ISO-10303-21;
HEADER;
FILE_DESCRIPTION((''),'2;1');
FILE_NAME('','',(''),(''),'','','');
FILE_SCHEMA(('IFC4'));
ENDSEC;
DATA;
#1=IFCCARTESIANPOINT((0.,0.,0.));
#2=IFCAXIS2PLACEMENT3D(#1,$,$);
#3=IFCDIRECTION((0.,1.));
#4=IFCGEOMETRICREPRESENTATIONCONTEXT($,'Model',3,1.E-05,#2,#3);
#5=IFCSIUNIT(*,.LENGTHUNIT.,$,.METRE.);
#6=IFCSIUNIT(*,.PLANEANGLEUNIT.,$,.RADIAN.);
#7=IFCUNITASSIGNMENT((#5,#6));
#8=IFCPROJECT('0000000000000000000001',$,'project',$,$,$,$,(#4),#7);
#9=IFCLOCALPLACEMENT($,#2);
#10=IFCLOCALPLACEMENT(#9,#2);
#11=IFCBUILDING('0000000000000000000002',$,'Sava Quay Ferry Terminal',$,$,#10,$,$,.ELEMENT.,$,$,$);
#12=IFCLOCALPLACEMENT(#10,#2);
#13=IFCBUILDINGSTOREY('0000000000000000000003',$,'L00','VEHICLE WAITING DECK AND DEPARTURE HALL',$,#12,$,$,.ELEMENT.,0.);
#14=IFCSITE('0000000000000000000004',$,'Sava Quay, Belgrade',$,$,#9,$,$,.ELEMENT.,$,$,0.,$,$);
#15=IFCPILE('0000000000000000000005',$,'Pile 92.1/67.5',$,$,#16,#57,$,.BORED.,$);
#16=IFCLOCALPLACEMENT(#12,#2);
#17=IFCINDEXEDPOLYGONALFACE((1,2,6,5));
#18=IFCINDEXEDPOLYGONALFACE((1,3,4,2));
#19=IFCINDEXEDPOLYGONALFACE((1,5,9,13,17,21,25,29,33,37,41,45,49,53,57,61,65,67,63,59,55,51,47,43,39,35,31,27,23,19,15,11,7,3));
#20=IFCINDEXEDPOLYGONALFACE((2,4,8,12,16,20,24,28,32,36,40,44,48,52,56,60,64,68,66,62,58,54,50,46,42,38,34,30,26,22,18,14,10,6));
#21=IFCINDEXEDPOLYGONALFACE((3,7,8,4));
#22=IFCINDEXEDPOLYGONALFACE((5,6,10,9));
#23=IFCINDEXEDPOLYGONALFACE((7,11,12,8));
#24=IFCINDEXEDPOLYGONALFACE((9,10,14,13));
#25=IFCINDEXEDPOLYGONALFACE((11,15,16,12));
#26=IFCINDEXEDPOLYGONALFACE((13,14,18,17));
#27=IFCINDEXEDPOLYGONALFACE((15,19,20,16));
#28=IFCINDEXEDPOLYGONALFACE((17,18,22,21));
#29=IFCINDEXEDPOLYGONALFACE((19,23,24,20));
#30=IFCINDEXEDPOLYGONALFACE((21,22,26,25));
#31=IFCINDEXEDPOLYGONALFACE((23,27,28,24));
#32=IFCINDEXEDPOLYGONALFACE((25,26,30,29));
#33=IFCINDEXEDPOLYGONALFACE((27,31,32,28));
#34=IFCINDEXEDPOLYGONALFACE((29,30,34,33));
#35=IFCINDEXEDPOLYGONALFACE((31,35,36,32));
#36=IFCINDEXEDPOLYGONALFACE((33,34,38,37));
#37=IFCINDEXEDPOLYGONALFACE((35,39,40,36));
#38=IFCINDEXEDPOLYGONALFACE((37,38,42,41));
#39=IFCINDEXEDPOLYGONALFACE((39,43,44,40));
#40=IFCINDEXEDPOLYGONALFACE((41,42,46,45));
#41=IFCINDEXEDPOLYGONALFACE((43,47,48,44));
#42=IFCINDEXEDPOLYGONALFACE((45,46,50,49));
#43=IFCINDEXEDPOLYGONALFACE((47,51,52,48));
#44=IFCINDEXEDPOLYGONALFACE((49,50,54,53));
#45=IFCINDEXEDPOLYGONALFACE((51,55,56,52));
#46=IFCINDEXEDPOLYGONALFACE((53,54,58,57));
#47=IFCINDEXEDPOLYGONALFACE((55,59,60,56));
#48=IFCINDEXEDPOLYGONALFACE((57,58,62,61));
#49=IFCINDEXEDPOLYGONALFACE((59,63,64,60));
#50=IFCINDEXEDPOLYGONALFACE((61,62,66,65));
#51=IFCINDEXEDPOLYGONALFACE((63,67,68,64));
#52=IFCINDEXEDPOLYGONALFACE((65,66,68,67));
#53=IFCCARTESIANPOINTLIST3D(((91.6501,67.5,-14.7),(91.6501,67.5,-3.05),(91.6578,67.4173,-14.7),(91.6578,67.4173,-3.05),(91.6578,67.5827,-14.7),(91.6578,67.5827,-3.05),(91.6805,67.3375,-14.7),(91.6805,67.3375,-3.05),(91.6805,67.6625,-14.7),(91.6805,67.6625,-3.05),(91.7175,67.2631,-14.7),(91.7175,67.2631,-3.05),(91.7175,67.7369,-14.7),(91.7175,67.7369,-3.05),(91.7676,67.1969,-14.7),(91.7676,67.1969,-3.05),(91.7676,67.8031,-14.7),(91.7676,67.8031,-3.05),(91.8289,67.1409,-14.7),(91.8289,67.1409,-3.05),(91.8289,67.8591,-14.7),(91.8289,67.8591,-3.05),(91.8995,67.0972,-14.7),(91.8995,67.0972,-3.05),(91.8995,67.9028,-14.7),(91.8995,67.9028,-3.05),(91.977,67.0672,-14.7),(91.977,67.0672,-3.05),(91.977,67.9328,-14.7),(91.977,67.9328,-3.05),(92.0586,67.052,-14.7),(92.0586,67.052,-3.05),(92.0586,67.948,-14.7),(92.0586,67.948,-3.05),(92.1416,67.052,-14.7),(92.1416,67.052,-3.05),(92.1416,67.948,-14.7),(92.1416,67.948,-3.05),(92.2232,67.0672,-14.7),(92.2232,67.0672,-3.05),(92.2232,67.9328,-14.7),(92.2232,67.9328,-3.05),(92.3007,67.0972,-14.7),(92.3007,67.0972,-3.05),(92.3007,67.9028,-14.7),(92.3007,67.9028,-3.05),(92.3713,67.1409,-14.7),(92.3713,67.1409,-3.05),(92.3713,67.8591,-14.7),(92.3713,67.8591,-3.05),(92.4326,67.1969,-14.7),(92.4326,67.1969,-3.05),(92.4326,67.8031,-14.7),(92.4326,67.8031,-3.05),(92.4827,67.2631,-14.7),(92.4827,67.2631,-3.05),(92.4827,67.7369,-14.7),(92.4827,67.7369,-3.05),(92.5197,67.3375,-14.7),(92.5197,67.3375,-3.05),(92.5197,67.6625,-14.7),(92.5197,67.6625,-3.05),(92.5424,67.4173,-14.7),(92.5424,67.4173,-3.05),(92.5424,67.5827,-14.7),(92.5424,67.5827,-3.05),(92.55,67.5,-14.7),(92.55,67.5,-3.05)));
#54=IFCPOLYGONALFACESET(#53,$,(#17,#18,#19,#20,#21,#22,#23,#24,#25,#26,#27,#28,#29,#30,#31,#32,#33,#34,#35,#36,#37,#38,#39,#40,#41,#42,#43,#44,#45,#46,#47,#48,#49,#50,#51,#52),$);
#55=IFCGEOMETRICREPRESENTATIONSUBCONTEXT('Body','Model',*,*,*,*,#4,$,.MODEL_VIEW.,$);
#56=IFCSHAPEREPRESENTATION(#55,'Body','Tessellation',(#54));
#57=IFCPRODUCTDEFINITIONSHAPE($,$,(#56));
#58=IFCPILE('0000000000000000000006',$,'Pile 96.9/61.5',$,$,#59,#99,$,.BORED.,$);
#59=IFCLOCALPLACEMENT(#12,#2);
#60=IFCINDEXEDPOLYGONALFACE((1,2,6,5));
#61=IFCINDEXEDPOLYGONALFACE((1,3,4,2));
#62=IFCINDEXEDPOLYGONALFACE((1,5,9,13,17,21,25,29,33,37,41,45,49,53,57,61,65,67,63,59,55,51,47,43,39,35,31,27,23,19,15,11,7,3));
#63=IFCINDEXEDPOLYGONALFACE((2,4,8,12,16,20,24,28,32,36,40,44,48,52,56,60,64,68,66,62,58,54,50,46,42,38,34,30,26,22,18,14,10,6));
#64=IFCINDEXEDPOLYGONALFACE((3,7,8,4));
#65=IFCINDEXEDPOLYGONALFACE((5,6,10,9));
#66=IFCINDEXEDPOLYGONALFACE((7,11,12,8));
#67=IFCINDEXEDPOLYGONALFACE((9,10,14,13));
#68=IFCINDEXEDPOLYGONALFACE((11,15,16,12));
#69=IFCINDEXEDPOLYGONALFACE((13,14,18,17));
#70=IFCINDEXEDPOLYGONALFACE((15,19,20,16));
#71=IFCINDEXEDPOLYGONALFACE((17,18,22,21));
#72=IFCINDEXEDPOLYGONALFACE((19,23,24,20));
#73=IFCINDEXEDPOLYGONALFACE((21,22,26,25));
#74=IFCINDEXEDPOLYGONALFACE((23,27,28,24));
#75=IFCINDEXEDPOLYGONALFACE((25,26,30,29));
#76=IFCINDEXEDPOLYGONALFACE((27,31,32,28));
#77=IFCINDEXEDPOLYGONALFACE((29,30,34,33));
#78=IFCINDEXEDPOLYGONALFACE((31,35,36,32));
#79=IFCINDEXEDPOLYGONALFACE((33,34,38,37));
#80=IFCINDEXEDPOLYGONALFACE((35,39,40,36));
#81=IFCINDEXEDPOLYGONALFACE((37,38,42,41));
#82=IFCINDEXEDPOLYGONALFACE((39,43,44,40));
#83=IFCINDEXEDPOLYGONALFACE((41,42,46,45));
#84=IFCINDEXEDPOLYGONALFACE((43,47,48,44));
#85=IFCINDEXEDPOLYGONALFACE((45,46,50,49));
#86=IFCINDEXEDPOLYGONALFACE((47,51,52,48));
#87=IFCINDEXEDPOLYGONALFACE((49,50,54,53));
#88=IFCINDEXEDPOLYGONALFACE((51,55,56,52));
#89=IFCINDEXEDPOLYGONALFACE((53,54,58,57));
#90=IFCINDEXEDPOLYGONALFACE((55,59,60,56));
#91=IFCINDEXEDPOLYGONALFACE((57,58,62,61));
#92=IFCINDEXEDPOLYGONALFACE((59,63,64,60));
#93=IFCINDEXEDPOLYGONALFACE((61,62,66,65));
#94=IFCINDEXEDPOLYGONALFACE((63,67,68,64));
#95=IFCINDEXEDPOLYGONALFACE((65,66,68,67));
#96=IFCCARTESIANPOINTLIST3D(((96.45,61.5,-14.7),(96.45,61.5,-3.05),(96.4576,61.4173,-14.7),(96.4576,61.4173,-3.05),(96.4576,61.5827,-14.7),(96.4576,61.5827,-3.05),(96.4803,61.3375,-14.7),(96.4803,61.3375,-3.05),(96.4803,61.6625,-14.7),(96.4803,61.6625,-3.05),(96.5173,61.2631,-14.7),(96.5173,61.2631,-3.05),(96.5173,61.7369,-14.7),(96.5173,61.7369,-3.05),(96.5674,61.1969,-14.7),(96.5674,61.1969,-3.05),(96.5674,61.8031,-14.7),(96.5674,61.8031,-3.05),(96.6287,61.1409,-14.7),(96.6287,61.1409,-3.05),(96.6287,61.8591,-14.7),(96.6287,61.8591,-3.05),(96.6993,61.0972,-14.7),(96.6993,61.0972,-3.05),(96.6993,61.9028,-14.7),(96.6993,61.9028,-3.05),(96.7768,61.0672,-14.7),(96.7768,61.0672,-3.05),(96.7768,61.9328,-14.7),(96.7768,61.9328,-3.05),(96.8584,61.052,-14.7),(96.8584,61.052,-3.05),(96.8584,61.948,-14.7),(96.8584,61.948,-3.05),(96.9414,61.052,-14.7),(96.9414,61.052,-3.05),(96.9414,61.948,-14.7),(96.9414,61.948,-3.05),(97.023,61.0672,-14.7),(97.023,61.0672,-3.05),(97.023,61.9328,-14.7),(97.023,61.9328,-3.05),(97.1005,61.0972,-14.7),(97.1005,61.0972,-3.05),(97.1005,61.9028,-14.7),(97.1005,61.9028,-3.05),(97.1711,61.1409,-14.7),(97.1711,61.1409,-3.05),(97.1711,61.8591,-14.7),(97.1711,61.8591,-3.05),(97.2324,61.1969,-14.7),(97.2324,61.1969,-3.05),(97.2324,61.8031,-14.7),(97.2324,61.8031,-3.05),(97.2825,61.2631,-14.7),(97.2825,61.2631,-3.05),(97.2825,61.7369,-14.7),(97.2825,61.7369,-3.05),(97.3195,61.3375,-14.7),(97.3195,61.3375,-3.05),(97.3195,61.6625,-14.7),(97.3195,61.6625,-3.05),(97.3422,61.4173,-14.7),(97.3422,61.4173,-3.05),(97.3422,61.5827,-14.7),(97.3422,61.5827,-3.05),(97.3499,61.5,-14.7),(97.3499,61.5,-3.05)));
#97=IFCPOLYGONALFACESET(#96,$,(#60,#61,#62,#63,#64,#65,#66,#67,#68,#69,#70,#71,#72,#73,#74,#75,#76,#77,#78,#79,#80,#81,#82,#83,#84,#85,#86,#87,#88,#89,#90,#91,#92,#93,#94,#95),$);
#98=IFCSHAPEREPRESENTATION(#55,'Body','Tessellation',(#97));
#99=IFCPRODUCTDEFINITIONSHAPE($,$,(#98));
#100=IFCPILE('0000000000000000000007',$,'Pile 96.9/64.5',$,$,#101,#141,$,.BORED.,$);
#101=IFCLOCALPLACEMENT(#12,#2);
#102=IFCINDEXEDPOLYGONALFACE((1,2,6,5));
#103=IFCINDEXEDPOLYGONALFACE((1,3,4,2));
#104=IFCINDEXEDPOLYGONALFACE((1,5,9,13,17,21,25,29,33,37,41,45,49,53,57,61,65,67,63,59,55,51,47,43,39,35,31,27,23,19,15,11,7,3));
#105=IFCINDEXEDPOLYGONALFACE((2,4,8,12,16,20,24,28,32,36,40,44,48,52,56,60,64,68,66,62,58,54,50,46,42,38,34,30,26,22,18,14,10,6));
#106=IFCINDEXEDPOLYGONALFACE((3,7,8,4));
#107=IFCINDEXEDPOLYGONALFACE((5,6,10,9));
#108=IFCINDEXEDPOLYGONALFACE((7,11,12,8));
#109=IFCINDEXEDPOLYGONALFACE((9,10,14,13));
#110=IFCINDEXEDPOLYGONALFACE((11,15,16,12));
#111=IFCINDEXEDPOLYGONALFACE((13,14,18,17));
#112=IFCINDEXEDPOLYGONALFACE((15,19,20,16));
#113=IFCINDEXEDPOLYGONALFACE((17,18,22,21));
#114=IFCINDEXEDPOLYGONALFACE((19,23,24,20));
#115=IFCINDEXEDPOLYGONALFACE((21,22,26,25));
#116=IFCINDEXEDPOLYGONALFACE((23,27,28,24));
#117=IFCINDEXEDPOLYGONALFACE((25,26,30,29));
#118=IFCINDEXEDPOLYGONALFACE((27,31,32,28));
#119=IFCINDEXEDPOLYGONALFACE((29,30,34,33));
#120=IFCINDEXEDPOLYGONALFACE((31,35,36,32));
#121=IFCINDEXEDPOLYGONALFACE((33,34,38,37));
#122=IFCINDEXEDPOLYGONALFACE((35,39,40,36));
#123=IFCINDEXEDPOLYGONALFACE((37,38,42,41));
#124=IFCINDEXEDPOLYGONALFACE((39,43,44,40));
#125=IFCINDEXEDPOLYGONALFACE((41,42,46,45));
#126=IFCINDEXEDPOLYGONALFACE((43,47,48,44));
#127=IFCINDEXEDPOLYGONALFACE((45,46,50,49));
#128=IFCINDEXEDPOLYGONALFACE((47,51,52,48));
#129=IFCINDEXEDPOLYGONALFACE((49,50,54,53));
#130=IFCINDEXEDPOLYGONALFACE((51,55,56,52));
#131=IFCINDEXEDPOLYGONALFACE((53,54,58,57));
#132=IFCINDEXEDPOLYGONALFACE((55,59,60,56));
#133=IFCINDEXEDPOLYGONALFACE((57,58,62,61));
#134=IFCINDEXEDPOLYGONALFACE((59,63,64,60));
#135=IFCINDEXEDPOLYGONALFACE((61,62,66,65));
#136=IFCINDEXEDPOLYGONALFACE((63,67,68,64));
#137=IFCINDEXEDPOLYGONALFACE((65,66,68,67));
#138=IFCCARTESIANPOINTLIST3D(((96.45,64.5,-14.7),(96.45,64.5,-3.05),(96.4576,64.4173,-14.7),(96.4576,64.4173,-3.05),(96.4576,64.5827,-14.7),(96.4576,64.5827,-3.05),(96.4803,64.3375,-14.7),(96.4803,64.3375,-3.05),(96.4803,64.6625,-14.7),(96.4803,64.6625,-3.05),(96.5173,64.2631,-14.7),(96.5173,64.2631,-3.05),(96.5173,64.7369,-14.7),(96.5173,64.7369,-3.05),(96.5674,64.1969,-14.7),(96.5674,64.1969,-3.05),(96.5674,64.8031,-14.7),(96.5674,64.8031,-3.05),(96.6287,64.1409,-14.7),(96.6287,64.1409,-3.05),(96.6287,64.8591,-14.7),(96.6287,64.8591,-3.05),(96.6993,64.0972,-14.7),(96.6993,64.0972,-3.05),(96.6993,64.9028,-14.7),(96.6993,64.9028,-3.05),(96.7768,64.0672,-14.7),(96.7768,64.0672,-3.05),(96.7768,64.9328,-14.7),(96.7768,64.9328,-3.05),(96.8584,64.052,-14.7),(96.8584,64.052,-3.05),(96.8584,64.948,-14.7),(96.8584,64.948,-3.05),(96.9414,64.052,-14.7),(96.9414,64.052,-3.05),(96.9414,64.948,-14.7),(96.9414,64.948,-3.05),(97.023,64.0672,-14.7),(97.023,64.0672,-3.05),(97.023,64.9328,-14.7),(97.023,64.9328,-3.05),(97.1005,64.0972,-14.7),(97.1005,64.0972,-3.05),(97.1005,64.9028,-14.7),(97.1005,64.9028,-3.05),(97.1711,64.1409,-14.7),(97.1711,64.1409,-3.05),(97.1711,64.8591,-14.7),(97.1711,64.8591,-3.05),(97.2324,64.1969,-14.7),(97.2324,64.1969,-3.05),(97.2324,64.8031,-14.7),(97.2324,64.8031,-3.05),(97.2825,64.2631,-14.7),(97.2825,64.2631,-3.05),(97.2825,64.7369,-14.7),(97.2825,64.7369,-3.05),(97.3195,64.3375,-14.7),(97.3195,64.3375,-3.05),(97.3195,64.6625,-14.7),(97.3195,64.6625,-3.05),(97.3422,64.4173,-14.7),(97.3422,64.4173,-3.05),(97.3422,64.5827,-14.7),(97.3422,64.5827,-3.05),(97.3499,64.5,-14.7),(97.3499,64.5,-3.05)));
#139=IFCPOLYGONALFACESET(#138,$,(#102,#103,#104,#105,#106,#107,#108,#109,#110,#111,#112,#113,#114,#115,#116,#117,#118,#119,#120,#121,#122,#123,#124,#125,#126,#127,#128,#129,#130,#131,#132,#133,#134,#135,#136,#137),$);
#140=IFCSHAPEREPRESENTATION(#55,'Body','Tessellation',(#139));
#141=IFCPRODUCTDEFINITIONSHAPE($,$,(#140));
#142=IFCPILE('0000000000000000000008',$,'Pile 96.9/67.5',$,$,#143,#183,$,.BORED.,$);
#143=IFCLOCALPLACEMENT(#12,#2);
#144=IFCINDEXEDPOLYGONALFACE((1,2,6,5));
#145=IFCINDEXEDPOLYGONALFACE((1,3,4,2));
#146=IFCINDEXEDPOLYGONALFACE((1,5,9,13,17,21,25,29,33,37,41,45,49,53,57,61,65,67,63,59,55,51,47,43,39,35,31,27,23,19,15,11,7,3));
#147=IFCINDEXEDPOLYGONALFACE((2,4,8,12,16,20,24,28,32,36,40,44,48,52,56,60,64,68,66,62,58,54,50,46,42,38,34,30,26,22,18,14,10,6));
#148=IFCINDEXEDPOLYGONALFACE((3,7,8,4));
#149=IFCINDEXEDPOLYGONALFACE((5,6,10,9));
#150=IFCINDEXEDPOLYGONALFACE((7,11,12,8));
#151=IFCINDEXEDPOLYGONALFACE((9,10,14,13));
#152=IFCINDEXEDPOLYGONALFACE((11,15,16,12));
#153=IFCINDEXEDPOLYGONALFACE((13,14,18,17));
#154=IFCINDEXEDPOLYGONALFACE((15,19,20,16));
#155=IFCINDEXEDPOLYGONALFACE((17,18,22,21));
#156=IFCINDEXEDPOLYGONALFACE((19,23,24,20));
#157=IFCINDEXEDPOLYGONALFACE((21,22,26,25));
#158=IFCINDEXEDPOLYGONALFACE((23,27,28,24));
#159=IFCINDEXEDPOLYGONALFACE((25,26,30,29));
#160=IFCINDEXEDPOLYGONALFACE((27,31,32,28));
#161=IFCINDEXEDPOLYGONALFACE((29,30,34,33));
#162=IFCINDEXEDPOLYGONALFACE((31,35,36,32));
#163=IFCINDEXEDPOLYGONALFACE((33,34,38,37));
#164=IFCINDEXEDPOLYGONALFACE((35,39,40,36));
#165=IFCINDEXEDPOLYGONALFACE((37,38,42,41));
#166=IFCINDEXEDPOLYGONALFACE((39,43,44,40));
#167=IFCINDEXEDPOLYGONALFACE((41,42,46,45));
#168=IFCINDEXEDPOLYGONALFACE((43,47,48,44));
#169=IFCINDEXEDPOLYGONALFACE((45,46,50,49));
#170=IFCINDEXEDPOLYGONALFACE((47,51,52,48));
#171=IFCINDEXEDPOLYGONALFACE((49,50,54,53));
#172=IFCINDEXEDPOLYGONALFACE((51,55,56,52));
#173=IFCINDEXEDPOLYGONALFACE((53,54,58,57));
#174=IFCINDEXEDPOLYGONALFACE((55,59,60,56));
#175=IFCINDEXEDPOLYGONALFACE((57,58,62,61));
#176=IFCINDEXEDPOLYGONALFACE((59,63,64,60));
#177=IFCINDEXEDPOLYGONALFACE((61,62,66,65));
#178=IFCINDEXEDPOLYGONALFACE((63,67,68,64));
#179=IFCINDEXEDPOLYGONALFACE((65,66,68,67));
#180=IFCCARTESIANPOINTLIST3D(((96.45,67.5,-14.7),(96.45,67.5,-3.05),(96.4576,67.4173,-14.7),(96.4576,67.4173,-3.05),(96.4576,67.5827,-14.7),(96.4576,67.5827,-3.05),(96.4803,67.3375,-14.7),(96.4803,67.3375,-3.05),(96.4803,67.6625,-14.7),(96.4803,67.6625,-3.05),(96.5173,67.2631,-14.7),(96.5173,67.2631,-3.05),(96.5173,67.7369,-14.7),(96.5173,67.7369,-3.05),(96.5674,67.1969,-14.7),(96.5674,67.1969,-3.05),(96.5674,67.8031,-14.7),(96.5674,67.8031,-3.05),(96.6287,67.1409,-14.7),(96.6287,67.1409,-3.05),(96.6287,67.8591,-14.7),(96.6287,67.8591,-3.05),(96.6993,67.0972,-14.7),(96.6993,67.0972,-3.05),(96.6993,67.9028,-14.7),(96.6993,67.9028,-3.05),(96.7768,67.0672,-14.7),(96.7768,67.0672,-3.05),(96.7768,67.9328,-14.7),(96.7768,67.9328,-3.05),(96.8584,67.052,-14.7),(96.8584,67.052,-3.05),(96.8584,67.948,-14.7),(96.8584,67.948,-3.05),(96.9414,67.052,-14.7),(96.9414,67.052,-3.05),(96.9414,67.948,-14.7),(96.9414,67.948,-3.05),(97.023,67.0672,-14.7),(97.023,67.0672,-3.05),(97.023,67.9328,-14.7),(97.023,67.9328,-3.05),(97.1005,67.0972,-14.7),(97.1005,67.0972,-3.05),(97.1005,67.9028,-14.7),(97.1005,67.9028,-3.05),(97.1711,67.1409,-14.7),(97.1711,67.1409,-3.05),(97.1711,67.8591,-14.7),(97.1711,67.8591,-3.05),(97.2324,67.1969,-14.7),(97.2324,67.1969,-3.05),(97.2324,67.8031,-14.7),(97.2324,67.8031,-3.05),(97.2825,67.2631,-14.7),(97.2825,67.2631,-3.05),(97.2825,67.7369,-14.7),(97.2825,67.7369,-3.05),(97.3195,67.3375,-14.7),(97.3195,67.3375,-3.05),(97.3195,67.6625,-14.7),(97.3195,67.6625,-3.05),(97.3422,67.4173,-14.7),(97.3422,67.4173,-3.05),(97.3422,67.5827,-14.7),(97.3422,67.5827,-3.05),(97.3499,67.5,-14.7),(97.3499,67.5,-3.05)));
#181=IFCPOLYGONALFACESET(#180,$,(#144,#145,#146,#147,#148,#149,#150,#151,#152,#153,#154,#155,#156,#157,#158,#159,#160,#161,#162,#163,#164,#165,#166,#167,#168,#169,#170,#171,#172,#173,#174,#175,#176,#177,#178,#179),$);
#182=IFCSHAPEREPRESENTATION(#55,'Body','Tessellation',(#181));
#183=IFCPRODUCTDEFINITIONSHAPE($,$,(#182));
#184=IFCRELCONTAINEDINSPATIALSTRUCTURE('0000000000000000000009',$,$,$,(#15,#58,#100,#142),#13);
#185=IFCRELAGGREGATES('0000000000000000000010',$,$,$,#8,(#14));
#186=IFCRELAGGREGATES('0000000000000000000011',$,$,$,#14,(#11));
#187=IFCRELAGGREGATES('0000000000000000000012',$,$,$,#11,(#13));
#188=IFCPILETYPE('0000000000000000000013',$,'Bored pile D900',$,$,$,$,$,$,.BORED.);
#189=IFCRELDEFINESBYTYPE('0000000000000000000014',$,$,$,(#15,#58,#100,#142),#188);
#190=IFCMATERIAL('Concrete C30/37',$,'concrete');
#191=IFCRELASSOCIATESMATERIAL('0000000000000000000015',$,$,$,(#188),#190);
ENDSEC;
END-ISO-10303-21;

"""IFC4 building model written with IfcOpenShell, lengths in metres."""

from ifc_helpers import new_model, si_unit, direction, frame, origin, origin_2d, place, context, subcontext, project, spatial, circle, extrude, material, material_profile, profile_set, type_object, element, save


model = new_model("IFC4")

# Units and contexts
model_context = context("Model", 3, precision=1e-05, world=origin(), true_north=direction((0.0, 1.0)))
body_context = subcontext(model_context, "Body", "Model", "MODEL_VIEW")
ifc_project = project(units=[si_unit("LENGTHUNIT", "METRE"), si_unit("PLANEANGLEUNIT", "RADIAN")], contexts=[model_context])

# Site, building, storey
site_placement = place(None, origin())
site = spatial("IfcSite", under=ifc_project, at=site_placement, Name="Sava Quay, Belgrade", CompositionType="ELEMENT", RefElevation=0.0)
building_placement = place(site_placement, origin())
building = spatial("IfcBuilding", under=site, at=building_placement, Name="Sava Quay Ferry Terminal", CompositionType="ELEMENT")
storey_placement = place(building_placement, origin())
storey = spatial("IfcBuildingStorey", under=building, at=storey_placement, Name="L00", Description="VEHICLE WAITING DECK AND DEPARTURE HALL", CompositionType="ELEMENT", Elevation=0.0)

# Piles
ifc_material_1 = material(Name="Concrete C30/37", Category="concrete")
ifc_material_profile_1 = material_profile(ifc_material_1, circle(Radius=0.45, at=origin_2d()), Name="Bored pile D900")
ifc_profile_set_1 = profile_set([ifc_material_profile_1], Name="Concrete C30/37")
pile_type = type_object("IfcPileType", Name="Bored pile D900", PredefinedType="BORED", material=ifc_profile_set_1)
for number, where, z_axis, x_axis, name in (
    (1, (92.1001, 67.5, -3.05), (0.0, 0.0, -1.0), (1.0, 0.0, 0.0), "Pile 92.1/67.5"),
    (2, (96.8999, 61.5, -3.05), (0.0, 0.0, -1.0), (1.0, 0.0, 0.0), "Pile 96.9/61.5"),
    (3, (96.8999, 64.5, -3.05), (0.0, 0.0, -1.0), (1.0, 0.0, 0.0), "Pile 96.9/64.5"),
    (4, (96.8999, 67.5, -3.05), (0.0, 0.0, -1.0), (1.0, 0.0, 0.0), "Pile 96.9/67.5"),
):
    element("IfcPile", number, at=place(storey_placement, frame(where, z_axis=z_axis, x_axis=x_axis)), inside=storey, type_object=pile_type, Name=name, PredefinedType="BORED", context=body_context, shape_type="SweptSolid", body=[
        extrude(circle(Radius=0.45, at=origin_2d()), origin(), (0.0, 0.0, 1.0), 11.6499),
    ])

save(model, "model.ifc")
